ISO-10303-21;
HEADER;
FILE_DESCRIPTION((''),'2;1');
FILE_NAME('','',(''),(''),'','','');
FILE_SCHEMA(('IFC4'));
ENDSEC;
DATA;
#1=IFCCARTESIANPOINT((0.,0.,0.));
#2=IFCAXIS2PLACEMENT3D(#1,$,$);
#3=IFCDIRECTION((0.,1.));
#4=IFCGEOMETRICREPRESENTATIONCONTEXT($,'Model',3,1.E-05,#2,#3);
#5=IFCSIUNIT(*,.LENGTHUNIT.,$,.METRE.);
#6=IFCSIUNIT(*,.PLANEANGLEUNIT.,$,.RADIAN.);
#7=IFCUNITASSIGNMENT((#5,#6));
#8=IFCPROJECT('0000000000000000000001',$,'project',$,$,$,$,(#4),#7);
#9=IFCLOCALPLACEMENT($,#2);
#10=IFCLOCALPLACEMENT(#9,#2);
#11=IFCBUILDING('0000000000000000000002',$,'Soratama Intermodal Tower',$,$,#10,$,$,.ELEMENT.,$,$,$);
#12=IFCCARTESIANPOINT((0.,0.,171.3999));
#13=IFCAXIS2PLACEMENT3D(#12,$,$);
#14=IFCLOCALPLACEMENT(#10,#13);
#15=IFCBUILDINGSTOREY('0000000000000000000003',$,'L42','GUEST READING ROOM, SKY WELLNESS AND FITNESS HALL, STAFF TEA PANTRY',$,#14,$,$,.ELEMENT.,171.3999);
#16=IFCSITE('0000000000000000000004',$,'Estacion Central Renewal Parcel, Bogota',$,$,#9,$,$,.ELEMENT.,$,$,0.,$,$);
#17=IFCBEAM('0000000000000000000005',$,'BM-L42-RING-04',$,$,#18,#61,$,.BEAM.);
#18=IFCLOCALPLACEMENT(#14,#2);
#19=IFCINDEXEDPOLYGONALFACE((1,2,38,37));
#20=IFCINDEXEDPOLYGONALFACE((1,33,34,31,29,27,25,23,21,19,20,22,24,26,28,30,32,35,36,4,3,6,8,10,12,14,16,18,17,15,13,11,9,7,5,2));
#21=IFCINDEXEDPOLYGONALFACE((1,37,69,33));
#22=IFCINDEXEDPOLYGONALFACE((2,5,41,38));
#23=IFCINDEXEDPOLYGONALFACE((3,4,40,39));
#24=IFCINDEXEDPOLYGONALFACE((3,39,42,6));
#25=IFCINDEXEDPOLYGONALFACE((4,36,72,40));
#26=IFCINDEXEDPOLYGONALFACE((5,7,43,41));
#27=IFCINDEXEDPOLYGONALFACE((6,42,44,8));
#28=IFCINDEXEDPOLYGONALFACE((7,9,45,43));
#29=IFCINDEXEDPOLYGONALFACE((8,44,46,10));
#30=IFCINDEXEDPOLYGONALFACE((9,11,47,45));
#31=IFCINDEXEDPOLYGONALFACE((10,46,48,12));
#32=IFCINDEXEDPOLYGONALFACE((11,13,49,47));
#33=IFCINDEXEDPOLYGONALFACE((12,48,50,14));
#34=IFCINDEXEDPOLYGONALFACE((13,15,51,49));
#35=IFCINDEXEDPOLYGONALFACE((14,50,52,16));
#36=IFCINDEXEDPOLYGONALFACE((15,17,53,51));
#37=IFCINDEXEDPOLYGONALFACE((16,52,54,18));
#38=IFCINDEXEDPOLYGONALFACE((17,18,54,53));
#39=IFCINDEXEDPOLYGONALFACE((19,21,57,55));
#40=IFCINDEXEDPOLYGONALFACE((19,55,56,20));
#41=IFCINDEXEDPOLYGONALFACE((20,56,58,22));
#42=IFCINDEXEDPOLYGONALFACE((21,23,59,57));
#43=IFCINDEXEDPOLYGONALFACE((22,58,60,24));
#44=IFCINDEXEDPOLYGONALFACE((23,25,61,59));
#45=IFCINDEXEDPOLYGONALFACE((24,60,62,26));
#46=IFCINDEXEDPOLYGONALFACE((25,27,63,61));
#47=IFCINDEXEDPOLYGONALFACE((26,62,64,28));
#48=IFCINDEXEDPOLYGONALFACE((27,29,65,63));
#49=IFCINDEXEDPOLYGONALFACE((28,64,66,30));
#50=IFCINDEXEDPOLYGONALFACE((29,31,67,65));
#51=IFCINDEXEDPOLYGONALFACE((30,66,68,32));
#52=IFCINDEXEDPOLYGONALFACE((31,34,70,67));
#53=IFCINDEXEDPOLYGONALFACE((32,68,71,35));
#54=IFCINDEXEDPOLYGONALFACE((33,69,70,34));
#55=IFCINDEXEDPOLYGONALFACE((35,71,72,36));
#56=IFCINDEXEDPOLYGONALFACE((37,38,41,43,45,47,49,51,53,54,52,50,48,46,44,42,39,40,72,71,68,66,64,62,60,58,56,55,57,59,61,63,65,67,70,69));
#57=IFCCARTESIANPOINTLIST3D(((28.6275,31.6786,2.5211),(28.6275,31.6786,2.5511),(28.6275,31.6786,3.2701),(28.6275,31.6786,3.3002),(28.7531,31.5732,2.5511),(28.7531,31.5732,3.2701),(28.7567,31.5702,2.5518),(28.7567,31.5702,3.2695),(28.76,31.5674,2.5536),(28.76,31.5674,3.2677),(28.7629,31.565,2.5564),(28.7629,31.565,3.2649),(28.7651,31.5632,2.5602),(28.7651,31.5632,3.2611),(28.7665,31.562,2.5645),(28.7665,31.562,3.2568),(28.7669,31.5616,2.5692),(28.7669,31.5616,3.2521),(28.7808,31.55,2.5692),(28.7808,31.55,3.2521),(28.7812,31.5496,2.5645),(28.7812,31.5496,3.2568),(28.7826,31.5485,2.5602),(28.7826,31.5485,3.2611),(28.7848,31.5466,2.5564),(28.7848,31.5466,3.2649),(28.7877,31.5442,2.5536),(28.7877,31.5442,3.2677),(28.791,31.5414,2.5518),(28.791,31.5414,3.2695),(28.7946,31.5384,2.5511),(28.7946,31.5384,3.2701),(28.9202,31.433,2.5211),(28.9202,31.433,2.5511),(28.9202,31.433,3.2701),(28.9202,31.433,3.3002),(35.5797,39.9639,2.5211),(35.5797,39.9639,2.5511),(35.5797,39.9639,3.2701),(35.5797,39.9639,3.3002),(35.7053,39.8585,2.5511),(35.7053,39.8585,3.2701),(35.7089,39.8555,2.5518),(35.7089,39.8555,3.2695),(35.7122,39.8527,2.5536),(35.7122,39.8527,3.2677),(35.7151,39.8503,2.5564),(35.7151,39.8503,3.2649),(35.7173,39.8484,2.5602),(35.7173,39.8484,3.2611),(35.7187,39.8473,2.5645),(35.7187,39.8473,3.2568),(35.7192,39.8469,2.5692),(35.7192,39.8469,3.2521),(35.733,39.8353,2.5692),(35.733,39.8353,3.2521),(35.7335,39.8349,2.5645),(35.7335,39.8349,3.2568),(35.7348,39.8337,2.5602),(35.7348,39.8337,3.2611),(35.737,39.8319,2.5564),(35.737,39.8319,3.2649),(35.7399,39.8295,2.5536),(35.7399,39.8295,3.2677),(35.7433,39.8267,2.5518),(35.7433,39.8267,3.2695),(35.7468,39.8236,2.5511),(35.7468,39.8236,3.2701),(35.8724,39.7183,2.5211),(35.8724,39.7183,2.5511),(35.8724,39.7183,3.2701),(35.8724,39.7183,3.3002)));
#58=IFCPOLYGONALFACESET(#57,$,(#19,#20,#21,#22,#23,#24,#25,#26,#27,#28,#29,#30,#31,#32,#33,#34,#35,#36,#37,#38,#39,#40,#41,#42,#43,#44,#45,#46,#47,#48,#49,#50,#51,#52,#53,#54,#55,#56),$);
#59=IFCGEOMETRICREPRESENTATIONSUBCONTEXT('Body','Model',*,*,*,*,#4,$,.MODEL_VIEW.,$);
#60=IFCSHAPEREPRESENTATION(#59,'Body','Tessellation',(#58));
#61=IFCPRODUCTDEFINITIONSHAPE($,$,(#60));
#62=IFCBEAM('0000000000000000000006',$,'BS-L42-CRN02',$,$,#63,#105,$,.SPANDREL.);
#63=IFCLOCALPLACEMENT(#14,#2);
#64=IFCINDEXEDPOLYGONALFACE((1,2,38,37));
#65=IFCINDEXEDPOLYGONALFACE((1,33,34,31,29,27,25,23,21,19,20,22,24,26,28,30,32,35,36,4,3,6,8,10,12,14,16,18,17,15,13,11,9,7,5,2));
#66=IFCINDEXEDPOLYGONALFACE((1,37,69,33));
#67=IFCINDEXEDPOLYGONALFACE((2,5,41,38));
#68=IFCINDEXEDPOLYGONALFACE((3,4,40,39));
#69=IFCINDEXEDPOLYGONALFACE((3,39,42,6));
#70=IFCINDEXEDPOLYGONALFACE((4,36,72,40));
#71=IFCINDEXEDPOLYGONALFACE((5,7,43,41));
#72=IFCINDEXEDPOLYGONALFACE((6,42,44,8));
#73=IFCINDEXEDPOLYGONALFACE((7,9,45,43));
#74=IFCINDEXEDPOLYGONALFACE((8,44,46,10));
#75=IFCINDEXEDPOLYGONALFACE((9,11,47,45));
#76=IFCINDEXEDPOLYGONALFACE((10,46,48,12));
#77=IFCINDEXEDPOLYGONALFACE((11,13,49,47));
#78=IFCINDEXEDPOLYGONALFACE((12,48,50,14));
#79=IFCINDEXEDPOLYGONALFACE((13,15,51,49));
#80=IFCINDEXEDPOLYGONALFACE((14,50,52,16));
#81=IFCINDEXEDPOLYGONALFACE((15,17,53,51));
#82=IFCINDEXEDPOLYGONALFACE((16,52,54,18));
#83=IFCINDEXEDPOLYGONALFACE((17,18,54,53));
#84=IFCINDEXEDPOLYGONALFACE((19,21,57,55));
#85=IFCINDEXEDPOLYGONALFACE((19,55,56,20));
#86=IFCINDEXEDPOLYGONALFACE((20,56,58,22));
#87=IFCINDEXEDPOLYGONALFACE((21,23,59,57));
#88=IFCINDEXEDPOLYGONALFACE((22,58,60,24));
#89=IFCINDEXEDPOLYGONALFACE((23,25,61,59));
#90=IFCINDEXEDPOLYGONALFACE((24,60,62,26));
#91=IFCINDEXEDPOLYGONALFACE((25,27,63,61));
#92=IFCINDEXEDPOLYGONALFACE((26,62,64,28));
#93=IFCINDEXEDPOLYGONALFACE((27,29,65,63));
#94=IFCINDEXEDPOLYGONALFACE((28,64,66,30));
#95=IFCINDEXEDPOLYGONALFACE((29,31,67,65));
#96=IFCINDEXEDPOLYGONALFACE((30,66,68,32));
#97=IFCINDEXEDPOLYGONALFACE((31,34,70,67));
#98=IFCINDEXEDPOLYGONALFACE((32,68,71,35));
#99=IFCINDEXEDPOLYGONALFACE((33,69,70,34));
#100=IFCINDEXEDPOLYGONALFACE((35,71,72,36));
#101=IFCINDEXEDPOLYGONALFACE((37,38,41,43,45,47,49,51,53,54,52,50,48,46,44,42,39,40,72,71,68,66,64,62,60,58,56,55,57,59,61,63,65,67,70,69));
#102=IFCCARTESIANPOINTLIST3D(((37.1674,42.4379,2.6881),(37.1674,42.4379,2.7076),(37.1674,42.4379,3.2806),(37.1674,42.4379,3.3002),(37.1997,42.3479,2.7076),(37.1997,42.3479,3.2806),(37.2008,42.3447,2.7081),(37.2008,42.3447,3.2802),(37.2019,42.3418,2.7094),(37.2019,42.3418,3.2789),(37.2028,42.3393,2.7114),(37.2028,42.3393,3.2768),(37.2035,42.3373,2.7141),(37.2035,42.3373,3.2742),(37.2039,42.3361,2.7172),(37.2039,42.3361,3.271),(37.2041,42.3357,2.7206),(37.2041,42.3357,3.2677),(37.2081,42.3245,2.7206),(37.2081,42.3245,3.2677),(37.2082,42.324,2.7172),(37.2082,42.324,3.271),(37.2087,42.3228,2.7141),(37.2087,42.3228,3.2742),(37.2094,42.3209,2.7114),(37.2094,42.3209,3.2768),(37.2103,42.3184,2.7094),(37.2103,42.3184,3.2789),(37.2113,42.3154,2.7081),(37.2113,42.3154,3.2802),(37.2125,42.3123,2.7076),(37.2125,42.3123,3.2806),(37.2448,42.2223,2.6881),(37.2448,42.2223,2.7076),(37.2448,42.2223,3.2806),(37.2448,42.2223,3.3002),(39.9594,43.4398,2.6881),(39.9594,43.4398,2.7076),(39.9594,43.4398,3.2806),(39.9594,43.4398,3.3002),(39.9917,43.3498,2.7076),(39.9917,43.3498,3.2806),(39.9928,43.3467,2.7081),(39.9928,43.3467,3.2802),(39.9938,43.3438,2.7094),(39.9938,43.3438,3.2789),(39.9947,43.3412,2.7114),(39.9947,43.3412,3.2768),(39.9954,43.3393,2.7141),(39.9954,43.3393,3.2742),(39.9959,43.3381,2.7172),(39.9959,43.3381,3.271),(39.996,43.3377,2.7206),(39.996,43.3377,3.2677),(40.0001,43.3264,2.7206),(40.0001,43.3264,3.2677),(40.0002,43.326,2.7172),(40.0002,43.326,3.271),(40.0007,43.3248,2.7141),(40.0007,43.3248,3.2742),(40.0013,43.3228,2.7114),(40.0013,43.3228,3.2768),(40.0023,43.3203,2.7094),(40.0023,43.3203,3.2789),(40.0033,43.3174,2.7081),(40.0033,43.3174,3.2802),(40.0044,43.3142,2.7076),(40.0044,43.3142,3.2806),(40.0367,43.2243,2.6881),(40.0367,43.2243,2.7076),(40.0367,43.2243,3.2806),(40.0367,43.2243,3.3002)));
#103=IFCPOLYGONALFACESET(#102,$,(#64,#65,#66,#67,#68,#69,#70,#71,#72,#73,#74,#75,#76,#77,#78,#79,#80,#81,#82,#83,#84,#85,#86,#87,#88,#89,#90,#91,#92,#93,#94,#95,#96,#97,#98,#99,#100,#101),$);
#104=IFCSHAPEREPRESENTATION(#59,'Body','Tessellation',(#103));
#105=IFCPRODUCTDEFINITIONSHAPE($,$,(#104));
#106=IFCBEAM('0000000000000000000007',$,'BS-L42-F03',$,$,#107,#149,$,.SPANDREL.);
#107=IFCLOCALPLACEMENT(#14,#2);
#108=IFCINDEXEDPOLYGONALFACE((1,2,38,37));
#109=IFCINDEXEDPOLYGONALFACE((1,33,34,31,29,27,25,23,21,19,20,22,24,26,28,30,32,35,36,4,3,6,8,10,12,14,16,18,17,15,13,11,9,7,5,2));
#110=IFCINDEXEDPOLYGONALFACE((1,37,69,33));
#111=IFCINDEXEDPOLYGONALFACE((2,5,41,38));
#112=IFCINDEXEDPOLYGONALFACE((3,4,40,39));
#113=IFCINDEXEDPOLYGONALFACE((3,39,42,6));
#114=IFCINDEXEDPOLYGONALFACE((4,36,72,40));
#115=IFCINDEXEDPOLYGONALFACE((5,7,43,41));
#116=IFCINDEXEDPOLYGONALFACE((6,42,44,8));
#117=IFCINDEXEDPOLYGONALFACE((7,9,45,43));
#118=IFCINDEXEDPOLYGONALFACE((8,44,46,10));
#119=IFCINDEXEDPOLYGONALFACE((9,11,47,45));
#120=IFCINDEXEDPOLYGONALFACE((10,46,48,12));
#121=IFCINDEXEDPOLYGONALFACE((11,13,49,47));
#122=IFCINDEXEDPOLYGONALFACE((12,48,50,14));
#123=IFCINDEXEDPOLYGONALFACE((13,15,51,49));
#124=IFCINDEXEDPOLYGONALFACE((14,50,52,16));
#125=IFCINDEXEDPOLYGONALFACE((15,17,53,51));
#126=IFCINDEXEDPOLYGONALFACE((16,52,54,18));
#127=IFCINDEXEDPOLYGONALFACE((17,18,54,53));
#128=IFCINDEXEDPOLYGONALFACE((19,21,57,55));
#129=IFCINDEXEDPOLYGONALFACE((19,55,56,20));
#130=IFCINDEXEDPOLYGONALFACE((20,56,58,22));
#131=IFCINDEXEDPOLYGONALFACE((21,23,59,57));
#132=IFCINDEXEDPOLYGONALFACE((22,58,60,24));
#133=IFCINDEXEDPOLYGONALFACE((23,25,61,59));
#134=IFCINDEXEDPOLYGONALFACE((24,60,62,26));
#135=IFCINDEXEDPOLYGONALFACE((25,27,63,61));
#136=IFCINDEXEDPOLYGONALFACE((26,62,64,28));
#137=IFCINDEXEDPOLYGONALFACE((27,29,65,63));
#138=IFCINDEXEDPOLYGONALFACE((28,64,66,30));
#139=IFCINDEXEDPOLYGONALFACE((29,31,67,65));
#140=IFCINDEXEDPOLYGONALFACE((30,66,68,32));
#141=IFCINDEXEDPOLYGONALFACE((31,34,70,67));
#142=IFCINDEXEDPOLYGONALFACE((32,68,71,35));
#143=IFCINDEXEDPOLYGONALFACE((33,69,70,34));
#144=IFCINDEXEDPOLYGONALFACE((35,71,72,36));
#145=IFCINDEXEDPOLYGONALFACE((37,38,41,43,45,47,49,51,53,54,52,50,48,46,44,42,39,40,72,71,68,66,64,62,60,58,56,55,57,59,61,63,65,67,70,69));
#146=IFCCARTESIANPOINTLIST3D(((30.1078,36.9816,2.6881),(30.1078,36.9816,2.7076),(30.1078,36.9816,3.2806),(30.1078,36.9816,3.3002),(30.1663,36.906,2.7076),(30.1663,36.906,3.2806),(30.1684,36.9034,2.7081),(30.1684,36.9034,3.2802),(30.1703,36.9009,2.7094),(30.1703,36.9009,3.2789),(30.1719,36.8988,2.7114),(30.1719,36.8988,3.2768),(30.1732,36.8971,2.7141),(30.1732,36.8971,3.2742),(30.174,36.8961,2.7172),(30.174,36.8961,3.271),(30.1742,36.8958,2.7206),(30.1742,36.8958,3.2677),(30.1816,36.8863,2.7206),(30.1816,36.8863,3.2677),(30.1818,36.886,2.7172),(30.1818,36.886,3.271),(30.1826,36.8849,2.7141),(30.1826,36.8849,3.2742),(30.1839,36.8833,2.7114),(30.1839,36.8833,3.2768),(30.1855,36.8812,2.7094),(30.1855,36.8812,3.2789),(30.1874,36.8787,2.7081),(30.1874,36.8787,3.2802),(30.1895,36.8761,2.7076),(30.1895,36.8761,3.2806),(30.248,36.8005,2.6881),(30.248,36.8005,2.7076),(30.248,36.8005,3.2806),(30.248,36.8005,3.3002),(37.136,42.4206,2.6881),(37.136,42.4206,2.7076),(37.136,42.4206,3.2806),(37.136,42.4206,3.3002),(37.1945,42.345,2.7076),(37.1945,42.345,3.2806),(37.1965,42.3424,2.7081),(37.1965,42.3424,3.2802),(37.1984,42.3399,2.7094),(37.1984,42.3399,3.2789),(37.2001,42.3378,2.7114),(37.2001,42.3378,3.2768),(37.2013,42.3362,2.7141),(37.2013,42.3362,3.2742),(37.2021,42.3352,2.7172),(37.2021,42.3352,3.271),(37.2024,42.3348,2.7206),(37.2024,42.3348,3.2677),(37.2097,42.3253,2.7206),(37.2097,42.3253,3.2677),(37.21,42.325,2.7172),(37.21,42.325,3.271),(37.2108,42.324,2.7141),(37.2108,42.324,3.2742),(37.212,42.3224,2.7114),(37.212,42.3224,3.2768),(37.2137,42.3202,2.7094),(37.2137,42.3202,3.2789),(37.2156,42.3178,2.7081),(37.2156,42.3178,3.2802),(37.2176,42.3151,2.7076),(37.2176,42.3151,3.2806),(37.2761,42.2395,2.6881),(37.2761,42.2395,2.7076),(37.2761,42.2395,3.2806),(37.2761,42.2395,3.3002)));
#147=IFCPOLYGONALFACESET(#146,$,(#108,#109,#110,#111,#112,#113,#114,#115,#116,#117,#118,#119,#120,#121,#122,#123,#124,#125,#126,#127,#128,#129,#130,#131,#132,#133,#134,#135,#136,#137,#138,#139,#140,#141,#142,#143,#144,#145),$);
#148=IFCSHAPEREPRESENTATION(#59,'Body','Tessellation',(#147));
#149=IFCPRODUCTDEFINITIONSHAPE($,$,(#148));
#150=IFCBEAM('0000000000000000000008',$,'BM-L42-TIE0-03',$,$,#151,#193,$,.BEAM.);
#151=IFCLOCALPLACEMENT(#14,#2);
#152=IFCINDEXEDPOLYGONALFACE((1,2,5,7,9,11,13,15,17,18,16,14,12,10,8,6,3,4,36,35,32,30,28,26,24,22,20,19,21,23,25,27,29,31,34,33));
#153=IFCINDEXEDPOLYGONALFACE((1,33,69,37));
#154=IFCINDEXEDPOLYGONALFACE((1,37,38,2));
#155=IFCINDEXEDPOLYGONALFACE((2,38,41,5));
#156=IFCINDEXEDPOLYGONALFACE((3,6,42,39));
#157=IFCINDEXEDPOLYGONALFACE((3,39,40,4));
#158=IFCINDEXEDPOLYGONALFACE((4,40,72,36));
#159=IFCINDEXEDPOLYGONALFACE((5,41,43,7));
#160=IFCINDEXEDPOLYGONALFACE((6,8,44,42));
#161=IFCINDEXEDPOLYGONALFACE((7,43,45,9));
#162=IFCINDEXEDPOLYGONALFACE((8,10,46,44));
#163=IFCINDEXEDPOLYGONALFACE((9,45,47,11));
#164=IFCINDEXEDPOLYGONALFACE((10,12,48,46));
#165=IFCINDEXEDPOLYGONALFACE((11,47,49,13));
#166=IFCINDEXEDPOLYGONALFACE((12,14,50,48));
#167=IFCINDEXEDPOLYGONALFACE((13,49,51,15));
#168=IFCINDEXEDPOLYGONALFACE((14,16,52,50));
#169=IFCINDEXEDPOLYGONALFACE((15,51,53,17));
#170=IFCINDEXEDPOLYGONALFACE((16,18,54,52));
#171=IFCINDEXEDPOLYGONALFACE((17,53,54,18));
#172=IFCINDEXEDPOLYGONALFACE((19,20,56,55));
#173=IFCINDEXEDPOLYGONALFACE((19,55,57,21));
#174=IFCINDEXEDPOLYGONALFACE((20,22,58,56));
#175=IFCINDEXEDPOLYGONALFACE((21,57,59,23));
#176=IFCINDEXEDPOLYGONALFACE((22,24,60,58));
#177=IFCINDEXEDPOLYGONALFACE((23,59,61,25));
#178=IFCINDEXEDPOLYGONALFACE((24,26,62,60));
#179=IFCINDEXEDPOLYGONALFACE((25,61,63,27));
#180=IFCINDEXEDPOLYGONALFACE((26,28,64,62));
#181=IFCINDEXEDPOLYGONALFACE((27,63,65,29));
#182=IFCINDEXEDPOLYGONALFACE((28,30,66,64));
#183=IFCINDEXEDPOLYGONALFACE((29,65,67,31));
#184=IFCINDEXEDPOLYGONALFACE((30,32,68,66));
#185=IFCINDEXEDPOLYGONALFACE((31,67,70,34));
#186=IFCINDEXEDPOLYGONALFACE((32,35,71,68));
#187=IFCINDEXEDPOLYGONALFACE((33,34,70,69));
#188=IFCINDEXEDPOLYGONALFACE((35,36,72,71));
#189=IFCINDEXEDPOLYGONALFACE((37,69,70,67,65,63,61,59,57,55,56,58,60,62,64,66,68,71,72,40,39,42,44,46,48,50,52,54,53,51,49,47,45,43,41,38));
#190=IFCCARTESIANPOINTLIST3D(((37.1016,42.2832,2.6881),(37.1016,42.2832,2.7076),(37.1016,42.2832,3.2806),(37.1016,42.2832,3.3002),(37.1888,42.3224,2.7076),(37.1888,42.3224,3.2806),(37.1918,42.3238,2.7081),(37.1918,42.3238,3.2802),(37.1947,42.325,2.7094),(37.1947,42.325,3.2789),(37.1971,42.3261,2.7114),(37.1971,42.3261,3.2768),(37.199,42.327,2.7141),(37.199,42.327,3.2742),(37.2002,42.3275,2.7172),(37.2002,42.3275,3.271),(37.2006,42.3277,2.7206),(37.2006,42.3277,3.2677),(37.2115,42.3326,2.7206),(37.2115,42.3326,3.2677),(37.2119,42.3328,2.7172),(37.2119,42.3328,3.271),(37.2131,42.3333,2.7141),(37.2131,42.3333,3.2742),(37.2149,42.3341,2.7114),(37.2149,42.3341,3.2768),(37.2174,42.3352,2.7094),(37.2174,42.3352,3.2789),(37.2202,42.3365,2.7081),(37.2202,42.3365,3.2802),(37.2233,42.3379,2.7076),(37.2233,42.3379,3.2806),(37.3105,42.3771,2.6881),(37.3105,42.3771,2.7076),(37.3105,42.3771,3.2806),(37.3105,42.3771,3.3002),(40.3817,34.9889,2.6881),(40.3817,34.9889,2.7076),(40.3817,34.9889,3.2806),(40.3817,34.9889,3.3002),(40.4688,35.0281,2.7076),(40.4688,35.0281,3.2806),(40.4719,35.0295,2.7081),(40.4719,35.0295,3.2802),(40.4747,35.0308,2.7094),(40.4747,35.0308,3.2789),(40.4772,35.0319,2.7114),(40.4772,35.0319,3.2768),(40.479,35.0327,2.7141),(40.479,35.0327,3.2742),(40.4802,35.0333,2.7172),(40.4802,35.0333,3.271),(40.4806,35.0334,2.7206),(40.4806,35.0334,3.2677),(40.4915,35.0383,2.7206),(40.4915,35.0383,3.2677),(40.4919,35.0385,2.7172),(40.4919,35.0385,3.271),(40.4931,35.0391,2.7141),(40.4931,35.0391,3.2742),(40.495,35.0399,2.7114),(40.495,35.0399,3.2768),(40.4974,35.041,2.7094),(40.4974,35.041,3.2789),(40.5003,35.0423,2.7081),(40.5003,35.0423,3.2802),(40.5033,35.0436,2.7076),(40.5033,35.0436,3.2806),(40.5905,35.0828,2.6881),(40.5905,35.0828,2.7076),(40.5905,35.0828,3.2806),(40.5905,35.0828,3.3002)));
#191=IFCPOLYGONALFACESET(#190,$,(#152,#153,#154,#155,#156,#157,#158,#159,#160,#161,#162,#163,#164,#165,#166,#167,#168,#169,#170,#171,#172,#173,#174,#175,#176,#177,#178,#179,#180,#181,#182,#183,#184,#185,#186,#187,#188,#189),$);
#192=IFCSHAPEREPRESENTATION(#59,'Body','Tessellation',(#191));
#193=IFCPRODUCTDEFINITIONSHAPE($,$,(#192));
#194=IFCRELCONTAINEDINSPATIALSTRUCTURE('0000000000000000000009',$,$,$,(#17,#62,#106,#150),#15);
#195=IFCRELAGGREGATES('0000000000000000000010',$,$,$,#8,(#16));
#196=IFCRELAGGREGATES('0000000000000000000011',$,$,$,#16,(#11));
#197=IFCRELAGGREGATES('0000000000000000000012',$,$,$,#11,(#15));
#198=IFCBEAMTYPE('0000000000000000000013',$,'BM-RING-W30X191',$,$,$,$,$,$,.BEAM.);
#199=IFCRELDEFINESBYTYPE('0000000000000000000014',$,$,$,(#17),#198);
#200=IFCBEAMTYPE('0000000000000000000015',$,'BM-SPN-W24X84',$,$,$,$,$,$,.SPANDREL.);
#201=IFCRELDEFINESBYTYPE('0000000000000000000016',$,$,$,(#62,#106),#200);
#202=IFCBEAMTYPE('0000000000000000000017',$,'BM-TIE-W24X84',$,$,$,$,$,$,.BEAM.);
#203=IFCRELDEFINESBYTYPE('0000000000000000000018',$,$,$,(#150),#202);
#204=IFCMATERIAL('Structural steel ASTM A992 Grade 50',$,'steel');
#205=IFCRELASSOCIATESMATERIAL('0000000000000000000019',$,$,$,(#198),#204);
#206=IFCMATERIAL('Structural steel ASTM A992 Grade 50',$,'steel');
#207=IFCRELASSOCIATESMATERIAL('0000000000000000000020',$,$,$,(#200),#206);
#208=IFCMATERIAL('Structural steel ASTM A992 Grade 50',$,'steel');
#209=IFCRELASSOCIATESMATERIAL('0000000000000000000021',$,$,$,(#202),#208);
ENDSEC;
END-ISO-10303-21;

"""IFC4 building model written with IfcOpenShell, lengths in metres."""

from ifc_helpers import new_model, si_unit, direction, frame, origin, origin_2d, place, context, subcontext, project, spatial, i_section, extrude, material, material_profile, profile_set, type_object, element, save


model = new_model("IFC4")

# Units and contexts
model_context = context("Model", 3, precision=1e-05, world=origin(), true_north=direction((0.0, 1.0)))
body_context = subcontext(model_context, "Body", "Model", "MODEL_VIEW")
ifc_project = project(units=[si_unit("LENGTHUNIT", "METRE"), si_unit("PLANEANGLEUNIT", "RADIAN")], contexts=[model_context])

# Site, building, storey
site_placement = place(None, origin())
site = spatial("IfcSite", under=ifc_project, at=site_placement, Name="Estacion Central Renewal Parcel, Bogota", CompositionType="ELEMENT", RefElevation=0.0)
building_placement = place(site_placement, origin())
building = spatial("IfcBuilding", under=site, at=building_placement, Name="Soratama Intermodal Tower", CompositionType="ELEMENT")
storey_placement = place(building_placement, frame((0.0, 0.0, 171.3999)))
storey = spatial("IfcBuildingStorey", under=building, at=storey_placement, Name="L42", Description="GUEST READING ROOM, SKY WELLNESS AND FITNESS HALL, STAFF TEA PANTRY", CompositionType="ELEMENT", Elevation=171.3999)

# Beams
ifc_material_1 = material(Name="Structural steel ASTM A992 Grade 50", Category="steel")
ifc_material_profile_1 = material_profile(ifc_material_1, i_section(OverallWidth=0.3821, OverallDepth=0.7791, WebThickness=0.0181, FlangeThickness=0.03, FilletRadius=0.0181, at=origin_2d()), Name="W30X191")
ifc_profile_set_1 = profile_set([ifc_material_profile_1], Name="Structural steel ASTM A992 Grade 50")
beam_type_1 = type_object("IfcBeamType", Name="BM-RING-W30X191", PredefinedType="BEAM", material=ifc_profile_set_1)
beam_1_placement = place(storey_placement, frame((35.7261, 39.8411, 2.9106), z_axis=(-0.642792, -0.766041, 0.0), x_axis=(0.766041, -0.642792, 0.0)))
element("IfcBeam", 1, at=beam_1_placement, inside=storey, type_object=beam_type_1, Name="BM-L42-RING-04", PredefinedType="BEAM", context=body_context, shape_type="SweptSolid", body=[
    extrude(i_section(OverallWidth=0.3821, OverallDepth=0.7791, WebThickness=0.0181, FlangeThickness=0.03, FilletRadius=0.0181, at=origin_2d()), origin(), (0.0, 0.0, 1.0), 10.8157),
])
ifc_material_2 = material(Name="Structural steel ASTM A992 Grade 50", Category="steel")
ifc_material_profile_2 = material_profile(ifc_material_2, i_section(OverallWidth=0.229, OverallDepth=0.6121, WebThickness=0.012, FlangeThickness=0.0195, FilletRadius=0.0129, at=origin_2d()), Name="W24X84")
ifc_profile_set_2 = profile_set([ifc_material_profile_2], Name="Structural steel ASTM A992 Grade 50")
beam_type_2 = type_object("IfcBeamType", Name="BM-SPN-W24X84", PredefinedType="SPANDREL", material=ifc_profile_set_2)
beam_2_placement = place(storey_placement, frame((39.998, 43.332, 2.9941), z_axis=(-0.941227, -0.337775, 0.0), x_axis=(0.337775, -0.941227, 0.0)))
element("IfcBeam", 2, at=beam_2_placement, inside=storey, type_object=beam_type_2, Name="BS-L42-CRN02", PredefinedType="SPANDREL", context=body_context, shape_type="SweptSolid", body=[
    extrude(i_section(OverallWidth=0.229, OverallDepth=0.6121, WebThickness=0.012, FlangeThickness=0.0195, FilletRadius=0.0129, at=origin_2d()), origin(), (0.0, 0.0, 1.0), 2.9663),
])
beam_3_placement = place(storey_placement, frame((37.2061, 42.3301, 2.9941), z_axis=(-0.79084, -0.612024, 0.0), x_axis=(0.612024, -0.79084, 0.0)))
element("IfcBeam", 3, at=beam_3_placement, inside=storey, type_object=beam_type_2, Name="BS-L42-F03", PredefinedType="SPANDREL", context=body_context, shape_type="SweptSolid", body=[
    extrude(i_section(OverallWidth=0.229, OverallDepth=0.6121, WebThickness=0.012, FlangeThickness=0.0195, FilletRadius=0.0129, at=origin_2d()), origin(), (0.0, 0.0, 1.0), 8.887),
])
ifc_material_3 = material(Name="Structural steel ASTM A992 Grade 50", Category="steel")
ifc_material_profile_3 = material_profile(ifc_material_3, i_section(OverallWidth=0.229, OverallDepth=0.6121, WebThickness=0.012, FlangeThickness=0.0195, FilletRadius=0.0129, at=origin_2d()), Name="W24X84")
ifc_profile_set_3 = profile_set([ifc_material_profile_3], Name="Structural steel ASTM A992 Grade 50")
beam_type_3 = type_object("IfcBeamType", Name="BM-TIE-W24X84", PredefinedType="BEAM", material=ifc_profile_set_3)
beam_4_placement = place(storey_placement, frame((40.4861, 35.0359, 2.9941), z_axis=(-0.41012, 0.912032, 0.0), x_axis=(-0.912032, -0.41012, 0.0)))
element("IfcBeam", 4, at=beam_4_placement, inside=storey, type_object=beam_type_3, Name="BM-L42-TIE0-03", PredefinedType="BEAM", context=body_context, shape_type="SweptSolid", body=[
    extrude(i_section(OverallWidth=0.229, OverallDepth=0.6121, WebThickness=0.012, FlangeThickness=0.0195, FilletRadius=0.0129, at=origin_2d()), origin(), (0.0, 0.0, 1.0), 7.9978),
])

save(model, "model.ifc")
